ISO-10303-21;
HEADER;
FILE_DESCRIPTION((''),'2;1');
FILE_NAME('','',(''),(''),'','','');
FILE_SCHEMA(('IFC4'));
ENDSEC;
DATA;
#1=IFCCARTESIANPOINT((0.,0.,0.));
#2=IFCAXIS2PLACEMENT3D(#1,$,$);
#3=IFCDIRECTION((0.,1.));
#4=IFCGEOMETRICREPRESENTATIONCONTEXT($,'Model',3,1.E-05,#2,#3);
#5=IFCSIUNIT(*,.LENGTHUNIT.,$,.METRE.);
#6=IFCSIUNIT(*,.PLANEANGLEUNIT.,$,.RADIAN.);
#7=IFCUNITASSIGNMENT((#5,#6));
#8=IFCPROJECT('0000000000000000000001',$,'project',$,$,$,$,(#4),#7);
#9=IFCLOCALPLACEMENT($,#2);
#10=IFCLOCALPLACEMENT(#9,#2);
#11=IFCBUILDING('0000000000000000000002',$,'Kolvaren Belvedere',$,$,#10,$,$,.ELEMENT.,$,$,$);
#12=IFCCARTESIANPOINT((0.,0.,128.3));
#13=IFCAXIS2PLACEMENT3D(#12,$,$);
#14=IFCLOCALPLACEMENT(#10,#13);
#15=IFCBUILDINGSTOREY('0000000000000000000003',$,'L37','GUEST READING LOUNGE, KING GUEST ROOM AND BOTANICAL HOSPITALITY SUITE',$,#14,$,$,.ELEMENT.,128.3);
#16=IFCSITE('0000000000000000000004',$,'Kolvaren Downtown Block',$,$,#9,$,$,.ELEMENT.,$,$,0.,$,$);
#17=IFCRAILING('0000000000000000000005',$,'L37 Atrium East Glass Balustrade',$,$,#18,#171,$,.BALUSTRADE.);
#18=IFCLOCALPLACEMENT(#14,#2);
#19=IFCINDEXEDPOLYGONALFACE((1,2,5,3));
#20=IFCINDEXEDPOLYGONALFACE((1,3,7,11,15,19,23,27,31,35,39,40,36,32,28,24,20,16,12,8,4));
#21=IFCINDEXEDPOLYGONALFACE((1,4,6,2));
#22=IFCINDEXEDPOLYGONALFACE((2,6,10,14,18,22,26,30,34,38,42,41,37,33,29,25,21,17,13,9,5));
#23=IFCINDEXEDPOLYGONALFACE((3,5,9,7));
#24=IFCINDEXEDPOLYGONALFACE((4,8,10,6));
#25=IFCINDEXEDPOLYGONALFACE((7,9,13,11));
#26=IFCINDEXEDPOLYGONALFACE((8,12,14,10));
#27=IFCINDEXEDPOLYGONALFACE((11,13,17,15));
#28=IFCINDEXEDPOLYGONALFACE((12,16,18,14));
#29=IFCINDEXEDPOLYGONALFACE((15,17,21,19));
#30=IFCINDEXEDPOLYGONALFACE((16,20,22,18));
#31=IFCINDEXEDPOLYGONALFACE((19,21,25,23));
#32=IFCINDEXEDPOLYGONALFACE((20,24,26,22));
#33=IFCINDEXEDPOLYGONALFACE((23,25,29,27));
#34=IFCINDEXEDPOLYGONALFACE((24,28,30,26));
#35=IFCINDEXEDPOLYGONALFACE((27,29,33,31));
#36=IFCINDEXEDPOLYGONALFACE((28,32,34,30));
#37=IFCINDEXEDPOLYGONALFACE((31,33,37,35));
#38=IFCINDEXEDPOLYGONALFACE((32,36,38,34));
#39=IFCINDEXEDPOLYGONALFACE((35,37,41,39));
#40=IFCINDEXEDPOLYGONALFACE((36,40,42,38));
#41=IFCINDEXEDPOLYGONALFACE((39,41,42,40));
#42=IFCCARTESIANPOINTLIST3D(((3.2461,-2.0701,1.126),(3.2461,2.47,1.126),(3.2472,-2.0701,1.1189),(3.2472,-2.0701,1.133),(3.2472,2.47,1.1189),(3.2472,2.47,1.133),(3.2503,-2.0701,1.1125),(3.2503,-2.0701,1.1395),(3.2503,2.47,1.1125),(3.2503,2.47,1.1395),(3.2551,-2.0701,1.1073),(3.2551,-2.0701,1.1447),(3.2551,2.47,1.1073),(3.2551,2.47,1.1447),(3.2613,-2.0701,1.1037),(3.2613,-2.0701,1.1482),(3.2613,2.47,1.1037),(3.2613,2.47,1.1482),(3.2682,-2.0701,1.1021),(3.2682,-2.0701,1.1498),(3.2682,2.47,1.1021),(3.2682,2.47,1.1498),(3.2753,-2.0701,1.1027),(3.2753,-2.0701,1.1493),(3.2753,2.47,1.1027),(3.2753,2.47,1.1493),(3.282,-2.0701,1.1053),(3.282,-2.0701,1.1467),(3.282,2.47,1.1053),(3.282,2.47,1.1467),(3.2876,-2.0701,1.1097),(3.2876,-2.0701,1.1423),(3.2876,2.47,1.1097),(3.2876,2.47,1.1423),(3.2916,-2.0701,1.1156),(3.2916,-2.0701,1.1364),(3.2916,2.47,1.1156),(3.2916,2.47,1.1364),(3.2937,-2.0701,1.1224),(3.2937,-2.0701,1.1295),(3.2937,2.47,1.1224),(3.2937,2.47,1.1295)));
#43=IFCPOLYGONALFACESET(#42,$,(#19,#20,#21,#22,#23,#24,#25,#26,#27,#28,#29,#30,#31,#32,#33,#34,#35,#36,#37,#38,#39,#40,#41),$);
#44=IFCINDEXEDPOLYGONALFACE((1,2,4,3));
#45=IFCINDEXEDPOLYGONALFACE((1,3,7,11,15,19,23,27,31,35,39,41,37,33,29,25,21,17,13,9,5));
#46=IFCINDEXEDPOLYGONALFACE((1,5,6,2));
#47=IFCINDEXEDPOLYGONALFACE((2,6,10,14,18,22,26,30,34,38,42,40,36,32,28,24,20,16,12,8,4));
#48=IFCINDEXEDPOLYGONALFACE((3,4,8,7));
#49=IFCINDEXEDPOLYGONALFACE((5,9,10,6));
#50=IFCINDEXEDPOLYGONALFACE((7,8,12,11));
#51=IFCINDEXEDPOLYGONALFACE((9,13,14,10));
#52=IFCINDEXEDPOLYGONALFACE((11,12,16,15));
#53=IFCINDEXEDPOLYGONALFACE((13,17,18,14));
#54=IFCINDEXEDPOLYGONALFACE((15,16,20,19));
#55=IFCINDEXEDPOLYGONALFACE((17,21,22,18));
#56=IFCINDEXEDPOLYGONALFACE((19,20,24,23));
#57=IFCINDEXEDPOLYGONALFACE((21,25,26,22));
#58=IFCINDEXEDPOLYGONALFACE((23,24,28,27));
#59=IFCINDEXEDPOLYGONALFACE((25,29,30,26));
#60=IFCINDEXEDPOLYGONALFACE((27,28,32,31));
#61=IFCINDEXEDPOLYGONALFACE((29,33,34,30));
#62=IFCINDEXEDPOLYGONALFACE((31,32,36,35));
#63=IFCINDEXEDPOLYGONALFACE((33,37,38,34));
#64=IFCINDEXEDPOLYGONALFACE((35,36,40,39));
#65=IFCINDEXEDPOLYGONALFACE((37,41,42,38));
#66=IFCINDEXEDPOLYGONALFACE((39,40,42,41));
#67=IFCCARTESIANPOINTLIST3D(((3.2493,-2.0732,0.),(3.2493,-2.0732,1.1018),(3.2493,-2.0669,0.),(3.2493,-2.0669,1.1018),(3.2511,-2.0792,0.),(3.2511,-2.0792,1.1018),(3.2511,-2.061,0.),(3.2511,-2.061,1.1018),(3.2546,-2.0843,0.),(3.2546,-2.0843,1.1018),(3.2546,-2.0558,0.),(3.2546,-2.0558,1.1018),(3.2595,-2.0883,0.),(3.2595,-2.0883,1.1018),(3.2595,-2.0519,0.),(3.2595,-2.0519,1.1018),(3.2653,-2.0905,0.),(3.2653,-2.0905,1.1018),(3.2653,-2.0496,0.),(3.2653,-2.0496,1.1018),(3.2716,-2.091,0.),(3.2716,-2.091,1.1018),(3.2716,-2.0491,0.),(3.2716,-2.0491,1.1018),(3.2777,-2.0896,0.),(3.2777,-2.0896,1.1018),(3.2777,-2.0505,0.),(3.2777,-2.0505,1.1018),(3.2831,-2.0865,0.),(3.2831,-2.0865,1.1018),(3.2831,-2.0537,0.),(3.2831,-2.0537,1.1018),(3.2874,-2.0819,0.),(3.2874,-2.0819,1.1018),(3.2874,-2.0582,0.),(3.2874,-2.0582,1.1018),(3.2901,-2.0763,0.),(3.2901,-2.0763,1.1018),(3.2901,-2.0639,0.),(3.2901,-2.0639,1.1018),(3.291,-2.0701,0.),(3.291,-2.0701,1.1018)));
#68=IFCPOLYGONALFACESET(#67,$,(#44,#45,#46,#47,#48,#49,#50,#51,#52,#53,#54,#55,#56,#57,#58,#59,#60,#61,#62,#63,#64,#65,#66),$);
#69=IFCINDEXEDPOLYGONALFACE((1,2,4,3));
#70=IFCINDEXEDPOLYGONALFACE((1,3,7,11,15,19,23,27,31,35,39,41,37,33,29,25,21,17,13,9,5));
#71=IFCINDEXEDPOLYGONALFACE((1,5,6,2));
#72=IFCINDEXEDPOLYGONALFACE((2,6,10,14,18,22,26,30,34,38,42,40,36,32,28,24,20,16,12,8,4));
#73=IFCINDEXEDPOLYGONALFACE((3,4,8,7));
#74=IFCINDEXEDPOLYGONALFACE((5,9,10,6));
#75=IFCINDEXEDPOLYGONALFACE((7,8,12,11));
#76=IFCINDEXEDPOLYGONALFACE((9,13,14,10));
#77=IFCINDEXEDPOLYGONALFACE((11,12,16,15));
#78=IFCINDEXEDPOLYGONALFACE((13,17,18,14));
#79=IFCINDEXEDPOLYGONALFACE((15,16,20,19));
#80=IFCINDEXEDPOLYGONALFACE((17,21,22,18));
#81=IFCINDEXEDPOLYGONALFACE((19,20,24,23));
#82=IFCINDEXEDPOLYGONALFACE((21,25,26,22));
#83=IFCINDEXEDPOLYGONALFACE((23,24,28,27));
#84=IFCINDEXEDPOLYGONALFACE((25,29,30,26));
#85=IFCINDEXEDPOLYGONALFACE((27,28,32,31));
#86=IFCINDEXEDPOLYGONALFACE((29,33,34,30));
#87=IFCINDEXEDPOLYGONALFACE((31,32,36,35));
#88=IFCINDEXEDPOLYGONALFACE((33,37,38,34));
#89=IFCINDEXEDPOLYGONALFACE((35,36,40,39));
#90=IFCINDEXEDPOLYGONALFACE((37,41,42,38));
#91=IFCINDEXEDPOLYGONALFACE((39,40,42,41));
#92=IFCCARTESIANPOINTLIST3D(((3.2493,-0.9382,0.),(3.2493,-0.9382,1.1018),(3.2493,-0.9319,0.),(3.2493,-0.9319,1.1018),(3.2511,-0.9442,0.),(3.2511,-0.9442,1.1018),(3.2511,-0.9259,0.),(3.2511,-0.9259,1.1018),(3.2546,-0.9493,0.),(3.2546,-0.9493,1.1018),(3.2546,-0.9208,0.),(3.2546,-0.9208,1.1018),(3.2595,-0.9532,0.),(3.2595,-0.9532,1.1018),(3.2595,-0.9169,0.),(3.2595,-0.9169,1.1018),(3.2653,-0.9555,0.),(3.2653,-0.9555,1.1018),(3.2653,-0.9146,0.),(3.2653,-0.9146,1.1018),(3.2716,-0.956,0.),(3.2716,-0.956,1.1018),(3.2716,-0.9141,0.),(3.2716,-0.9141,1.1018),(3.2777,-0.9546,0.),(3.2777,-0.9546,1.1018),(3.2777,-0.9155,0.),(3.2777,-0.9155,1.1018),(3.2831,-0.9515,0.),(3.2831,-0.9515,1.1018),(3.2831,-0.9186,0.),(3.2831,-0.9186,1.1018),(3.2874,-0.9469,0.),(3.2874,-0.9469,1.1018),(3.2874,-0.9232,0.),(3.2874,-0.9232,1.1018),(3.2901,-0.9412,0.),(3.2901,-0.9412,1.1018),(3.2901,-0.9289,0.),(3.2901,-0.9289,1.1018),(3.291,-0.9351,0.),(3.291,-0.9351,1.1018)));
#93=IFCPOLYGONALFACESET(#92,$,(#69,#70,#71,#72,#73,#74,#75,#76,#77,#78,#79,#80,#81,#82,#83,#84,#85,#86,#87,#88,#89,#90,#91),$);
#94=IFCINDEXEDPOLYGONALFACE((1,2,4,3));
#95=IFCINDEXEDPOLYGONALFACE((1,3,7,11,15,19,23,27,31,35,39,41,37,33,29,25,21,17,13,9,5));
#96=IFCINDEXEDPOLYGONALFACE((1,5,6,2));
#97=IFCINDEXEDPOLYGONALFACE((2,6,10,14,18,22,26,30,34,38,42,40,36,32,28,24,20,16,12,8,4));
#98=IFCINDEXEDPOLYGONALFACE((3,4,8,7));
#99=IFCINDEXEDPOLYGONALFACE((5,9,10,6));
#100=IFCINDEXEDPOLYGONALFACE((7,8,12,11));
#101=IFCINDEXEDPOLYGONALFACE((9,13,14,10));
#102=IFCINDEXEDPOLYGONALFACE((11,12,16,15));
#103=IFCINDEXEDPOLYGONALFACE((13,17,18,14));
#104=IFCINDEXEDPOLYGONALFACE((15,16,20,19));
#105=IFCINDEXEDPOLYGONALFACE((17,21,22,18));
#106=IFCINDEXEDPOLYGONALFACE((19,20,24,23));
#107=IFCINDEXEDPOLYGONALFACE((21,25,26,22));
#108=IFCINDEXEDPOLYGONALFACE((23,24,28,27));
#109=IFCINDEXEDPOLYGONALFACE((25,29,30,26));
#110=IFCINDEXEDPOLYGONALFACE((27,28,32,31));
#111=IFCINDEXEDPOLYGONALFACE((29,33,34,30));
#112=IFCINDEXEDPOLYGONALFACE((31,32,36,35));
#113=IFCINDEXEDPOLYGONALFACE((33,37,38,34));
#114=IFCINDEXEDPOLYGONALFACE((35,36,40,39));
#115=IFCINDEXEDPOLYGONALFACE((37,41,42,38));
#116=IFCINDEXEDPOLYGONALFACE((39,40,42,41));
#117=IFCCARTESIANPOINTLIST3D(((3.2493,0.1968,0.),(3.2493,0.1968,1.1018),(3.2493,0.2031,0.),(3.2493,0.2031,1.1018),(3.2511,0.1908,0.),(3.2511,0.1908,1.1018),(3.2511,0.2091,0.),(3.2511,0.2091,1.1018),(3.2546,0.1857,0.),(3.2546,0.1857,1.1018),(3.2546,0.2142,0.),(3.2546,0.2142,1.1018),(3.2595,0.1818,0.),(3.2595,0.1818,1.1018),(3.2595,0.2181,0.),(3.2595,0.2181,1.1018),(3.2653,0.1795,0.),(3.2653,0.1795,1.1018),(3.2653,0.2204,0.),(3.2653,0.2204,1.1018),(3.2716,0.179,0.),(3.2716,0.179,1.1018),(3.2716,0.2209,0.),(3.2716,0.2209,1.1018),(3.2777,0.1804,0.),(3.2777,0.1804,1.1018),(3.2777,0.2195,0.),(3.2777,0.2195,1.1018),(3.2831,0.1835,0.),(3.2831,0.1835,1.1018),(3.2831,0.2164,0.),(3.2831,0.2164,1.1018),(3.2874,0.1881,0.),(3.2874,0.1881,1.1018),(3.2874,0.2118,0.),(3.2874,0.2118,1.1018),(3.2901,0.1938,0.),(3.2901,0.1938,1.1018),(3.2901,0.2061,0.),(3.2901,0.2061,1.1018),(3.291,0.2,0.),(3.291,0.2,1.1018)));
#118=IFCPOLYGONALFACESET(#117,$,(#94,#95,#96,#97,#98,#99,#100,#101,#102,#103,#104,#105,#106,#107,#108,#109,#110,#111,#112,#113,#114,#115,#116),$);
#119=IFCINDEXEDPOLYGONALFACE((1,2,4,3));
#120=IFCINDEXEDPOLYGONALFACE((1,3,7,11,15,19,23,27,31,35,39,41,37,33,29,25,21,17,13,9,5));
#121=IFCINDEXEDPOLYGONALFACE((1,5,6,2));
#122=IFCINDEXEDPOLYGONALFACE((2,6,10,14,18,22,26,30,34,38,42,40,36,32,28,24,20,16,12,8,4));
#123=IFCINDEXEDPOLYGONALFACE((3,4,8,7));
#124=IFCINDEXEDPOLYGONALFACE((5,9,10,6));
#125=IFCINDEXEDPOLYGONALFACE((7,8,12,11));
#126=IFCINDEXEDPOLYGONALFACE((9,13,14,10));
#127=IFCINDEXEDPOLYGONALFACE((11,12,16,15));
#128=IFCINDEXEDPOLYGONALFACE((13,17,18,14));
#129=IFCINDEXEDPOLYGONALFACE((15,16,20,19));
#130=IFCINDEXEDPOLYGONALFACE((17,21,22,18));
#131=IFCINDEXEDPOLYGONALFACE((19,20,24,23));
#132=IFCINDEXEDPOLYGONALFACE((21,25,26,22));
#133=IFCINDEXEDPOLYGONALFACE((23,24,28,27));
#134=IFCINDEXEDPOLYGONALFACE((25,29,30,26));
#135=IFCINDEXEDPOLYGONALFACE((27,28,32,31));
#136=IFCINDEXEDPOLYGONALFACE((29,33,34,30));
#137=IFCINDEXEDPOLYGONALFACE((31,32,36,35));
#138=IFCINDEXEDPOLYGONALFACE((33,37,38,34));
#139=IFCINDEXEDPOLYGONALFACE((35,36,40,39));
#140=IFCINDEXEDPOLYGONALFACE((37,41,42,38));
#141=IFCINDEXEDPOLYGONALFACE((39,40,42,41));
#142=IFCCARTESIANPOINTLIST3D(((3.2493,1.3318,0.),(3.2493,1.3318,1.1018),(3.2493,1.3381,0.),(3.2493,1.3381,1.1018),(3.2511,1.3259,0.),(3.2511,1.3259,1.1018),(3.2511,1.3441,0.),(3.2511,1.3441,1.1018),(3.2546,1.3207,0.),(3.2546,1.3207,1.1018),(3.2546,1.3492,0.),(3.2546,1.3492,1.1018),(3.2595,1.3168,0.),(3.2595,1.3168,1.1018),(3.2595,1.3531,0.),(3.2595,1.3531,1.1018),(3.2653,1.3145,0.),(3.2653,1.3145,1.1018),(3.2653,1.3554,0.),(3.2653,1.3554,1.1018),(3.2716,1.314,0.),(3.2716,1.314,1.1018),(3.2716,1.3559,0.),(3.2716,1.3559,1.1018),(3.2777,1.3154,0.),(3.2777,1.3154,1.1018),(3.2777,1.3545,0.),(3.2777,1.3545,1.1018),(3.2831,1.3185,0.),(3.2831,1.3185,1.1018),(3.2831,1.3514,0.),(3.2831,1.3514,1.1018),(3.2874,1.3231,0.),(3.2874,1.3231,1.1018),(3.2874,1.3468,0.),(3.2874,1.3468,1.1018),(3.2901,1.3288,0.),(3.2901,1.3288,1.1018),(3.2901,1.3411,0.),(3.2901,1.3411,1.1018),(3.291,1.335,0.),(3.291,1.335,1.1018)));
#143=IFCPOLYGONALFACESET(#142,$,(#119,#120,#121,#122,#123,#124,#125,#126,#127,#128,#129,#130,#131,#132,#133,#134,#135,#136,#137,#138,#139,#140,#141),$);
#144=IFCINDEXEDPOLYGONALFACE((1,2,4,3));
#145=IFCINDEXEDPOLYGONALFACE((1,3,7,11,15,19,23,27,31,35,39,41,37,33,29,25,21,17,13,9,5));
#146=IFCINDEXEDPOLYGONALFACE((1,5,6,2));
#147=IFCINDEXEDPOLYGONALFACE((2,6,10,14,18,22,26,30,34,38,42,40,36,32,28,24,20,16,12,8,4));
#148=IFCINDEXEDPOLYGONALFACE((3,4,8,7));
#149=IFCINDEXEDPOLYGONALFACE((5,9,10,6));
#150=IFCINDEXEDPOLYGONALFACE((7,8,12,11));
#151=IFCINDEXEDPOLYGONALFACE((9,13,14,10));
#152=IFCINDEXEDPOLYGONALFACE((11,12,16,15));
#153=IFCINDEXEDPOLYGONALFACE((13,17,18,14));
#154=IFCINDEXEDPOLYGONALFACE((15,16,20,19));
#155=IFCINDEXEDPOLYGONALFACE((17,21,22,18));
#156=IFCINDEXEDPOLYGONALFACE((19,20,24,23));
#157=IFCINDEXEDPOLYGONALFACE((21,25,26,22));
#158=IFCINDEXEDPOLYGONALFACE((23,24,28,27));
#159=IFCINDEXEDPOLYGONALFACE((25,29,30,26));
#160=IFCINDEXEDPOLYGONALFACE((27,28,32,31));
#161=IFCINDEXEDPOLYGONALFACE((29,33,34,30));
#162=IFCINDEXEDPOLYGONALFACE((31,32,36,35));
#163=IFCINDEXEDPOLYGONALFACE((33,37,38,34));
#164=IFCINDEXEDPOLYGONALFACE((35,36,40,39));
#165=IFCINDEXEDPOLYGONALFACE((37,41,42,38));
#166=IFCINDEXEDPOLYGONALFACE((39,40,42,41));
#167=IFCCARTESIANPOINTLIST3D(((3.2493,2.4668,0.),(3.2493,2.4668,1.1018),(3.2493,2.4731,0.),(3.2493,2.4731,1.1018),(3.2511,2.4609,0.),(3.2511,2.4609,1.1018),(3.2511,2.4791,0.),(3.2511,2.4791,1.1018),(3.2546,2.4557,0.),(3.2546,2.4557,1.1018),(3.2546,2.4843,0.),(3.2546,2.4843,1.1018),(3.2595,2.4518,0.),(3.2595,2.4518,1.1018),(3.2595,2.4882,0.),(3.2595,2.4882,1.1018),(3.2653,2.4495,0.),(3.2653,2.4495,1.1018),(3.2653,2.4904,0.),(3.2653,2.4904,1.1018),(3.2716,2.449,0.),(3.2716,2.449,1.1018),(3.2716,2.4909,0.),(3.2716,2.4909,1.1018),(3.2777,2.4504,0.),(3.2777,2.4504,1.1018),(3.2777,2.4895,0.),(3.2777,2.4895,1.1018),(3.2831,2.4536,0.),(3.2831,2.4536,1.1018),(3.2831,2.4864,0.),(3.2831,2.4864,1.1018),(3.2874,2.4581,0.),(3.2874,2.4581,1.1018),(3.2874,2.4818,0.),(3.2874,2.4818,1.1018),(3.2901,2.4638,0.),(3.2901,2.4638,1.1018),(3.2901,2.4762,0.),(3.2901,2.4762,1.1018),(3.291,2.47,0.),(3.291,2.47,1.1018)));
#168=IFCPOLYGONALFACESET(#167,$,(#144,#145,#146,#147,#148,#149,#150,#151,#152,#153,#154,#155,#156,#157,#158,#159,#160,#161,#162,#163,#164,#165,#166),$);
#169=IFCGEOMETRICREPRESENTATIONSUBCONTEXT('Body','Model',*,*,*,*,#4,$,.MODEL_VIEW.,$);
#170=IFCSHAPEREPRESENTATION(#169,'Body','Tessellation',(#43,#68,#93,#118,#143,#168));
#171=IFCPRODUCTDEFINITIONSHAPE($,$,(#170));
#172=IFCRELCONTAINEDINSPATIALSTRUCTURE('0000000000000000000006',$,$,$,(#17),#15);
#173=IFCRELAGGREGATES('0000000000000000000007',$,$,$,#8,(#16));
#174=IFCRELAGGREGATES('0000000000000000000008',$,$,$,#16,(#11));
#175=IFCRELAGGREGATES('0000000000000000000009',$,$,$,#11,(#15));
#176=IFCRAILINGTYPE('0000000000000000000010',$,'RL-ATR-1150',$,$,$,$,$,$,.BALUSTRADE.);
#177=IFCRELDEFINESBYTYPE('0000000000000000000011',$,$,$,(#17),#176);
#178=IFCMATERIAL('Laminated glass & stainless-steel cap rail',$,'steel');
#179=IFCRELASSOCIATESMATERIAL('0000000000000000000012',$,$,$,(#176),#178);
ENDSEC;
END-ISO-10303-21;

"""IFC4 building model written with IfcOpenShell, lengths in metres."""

from ifc_helpers import new_model, si_unit, direction, frame, origin, origin_2d, place, context, subcontext, project, spatial, circle, extrude, material, type_object, element, save


model = new_model("IFC4")

# Units and contexts
model_context = context("Model", 3, precision=1e-05, world=origin(), true_north=direction((0.0, 1.0)))
body_context = subcontext(model_context, "Body", "Model", "MODEL_VIEW")
ifc_project = project(units=[si_unit("LENGTHUNIT", "METRE"), si_unit("PLANEANGLEUNIT", "RADIAN")], contexts=[model_context])

# Site, building, storey
site_placement = place(None, origin())
site = spatial("IfcSite", under=ifc_project, at=site_placement, Name="Kolvaren Downtown Block", CompositionType="ELEMENT", RefElevation=0.0)
building_placement = place(site_placement, origin())
building = spatial("IfcBuilding", under=site, at=building_placement, Name="Kolvaren Belvedere", CompositionType="ELEMENT")
storey_placement = place(building_placement, frame((0.0, 0.0, 128.3)))
storey = spatial("IfcBuildingStorey", under=building, at=storey_placement, Name="L37", Description="GUEST READING LOUNGE, KING GUEST ROOM AND BOTANICAL HOSPITALITY SUITE", CompositionType="ELEMENT", Elevation=128.3)

# Railing
ifc_material_1 = material(Name="Laminated glass & stainless-steel cap rail", Category="steel")
railing_type_1 = type_object("IfcRailingType", Name="RL-ATR-1150", PredefinedType="BALUSTRADE", material=ifc_material_1)
railing_1_placement = place(storey_placement, frame((3.27, -2.0701, 0.0)))
element("IfcRailing", 1, at=railing_1_placement, inside=storey, type_object=railing_type_1, Name="L37 Atrium East Glass Balustrade", PredefinedType="BALUSTRADE", context=body_context, shape_type="SweptSolid", body=[
    extrude(circle(Radius=0.0239, at=origin_2d()), frame((0.0, 0.0, 1.126), z_axis=(0.0, 1.0, 0.0), x_axis=(-1.0, 0.0, 0.0)), (0.0, 0.0, 1.0), 4.54),
    extrude(circle(Radius=0.021, at=origin_2d()), origin(), (0.0, 0.0, 1.0), 1.1018),
    extrude(circle(Radius=0.021, at=origin_2d()), frame((0.0, 1.135, 0.0)), (0.0, 0.0, 1.0), 1.1018),
    extrude(circle(Radius=0.021, at=origin_2d()), frame((0.0, 2.27, 0.0)), (0.0, 0.0, 1.0), 1.1018),
    extrude(circle(Radius=0.021, at=origin_2d()), frame((0.0, 3.405, 0.0)), (0.0, 0.0, 1.0), 1.1018),
    extrude(circle(Radius=0.021, at=origin_2d()), frame((0.0, 4.54, 0.0)), (0.0, 0.0, 1.0), 1.1018),
])

save(model, "model.ifc")
